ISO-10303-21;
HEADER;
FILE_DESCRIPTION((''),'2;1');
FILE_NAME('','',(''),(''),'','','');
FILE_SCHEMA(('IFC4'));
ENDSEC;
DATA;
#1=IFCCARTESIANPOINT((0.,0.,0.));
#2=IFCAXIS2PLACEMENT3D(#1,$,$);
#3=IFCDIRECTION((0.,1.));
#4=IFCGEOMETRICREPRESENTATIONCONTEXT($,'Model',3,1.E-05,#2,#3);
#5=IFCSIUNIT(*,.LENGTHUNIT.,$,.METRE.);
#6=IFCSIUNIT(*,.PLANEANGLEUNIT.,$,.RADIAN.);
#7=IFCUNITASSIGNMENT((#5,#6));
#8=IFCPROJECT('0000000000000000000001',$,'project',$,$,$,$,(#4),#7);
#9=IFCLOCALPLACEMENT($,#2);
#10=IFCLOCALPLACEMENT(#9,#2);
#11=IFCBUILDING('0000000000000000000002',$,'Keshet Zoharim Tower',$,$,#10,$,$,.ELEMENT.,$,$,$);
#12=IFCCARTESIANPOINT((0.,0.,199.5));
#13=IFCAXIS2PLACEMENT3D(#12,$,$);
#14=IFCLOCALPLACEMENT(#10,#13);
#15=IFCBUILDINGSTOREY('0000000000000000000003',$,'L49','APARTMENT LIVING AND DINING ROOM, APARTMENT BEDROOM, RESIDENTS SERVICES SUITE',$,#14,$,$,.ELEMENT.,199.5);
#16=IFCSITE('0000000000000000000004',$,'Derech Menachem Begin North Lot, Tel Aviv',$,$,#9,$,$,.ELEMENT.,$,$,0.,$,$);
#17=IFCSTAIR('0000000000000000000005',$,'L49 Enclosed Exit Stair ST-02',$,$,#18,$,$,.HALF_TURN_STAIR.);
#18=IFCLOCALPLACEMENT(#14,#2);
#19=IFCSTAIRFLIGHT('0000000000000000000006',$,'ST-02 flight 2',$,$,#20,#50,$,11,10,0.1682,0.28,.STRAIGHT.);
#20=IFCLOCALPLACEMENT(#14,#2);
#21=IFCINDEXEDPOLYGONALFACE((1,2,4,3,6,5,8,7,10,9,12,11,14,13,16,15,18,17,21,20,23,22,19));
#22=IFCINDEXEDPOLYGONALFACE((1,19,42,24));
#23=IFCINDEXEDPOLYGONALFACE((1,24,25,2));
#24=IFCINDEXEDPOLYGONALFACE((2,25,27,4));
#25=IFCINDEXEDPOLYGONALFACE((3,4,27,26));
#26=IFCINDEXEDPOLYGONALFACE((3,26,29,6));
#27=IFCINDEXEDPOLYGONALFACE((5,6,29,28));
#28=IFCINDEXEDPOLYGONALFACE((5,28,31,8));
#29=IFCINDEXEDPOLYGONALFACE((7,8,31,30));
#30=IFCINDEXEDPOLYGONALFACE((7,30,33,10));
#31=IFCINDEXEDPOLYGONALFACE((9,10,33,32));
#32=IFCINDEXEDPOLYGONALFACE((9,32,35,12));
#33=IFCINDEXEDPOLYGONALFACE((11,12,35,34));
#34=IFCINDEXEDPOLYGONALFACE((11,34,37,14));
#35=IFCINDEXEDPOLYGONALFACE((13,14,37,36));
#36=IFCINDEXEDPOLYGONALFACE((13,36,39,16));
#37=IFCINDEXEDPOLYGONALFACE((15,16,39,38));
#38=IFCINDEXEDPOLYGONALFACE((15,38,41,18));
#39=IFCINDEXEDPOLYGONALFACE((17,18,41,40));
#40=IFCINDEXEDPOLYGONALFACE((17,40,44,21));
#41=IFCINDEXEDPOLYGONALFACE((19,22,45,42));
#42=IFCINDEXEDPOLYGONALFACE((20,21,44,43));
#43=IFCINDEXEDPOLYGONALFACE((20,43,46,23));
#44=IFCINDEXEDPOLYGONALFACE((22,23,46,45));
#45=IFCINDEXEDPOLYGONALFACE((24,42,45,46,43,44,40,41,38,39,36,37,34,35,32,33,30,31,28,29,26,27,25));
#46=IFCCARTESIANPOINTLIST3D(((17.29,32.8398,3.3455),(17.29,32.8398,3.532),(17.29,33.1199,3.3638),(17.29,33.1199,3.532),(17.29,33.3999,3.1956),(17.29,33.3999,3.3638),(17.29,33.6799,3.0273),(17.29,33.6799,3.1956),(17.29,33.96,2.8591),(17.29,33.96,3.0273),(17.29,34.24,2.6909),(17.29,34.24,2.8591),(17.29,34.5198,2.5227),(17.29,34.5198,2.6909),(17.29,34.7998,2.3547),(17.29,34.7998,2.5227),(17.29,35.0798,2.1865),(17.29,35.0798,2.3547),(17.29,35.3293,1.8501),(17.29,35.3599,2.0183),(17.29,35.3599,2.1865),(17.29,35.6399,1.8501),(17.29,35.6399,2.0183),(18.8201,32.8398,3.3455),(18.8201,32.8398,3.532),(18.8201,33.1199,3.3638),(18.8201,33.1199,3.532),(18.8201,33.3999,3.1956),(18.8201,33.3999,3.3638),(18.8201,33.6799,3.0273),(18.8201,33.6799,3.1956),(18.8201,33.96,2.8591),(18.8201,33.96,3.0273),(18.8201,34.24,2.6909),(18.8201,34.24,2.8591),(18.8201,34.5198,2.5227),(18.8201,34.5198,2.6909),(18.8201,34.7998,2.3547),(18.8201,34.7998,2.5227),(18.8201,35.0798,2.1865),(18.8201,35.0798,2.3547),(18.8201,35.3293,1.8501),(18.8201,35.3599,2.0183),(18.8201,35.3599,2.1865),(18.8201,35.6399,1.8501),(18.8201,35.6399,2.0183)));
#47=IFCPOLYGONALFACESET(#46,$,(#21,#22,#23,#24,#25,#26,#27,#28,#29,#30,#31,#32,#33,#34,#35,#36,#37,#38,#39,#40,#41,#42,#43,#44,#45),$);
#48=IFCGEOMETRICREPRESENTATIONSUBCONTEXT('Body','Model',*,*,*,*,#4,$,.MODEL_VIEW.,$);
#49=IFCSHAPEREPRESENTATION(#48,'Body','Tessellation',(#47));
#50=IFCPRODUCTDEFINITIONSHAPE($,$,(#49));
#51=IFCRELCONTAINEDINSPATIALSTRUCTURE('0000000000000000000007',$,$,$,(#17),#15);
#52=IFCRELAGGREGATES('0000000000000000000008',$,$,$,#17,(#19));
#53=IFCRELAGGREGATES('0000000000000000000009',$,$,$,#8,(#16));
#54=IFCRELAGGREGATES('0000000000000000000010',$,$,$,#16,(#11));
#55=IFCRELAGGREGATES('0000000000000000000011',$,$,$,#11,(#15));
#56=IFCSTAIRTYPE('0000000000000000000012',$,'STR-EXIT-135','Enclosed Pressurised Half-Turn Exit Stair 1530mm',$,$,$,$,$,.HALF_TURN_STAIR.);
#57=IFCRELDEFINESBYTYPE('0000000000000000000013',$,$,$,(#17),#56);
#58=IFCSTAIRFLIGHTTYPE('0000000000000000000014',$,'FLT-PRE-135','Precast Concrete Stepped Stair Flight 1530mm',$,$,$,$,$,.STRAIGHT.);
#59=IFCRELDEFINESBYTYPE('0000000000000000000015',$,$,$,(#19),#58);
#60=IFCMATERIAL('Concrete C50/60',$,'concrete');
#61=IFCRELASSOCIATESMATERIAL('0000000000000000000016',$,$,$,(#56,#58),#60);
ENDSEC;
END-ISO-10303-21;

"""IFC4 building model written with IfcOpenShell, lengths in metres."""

from ifc_helpers import new_model, si_unit, direction, frame, origin, place, context, subcontext, project, spatial, polyline, outline, extrude, material, type_object, element, aggregate, save


model = new_model("IFC4")

# Units and contexts
model_context = context("Model", 3, precision=1e-05, world=origin(), true_north=direction((0.0, 1.0)))
body_context = subcontext(model_context, "Body", "Model", "MODEL_VIEW")
ifc_project = project(units=[si_unit("LENGTHUNIT", "METRE"), si_unit("PLANEANGLEUNIT", "RADIAN")], contexts=[model_context])

# Site, building, storey
site_placement = place(None, origin())
site = spatial("IfcSite", under=ifc_project, at=site_placement, Name="Derech Menachem Begin North Lot, Tel Aviv", CompositionType="ELEMENT", RefElevation=0.0)
building_placement = place(site_placement, origin())
building = spatial("IfcBuilding", under=site, at=building_placement, Name="Keshet Zoharim Tower", CompositionType="ELEMENT")
storey_placement = place(building_placement, frame((0.0, 0.0, 199.5)))
storey = spatial("IfcBuildingStorey", under=building, at=storey_placement, Name="L49", Description="APARTMENT LIVING AND DINING ROOM, APARTMENT BEDROOM, RESIDENTS SERVICES SUITE", CompositionType="ELEMENT", Elevation=199.5)

# Stair, stair flight
ifc_material_1 = material(Name="Concrete C50/60", Category="concrete")
stair_type = type_object("IfcStairType", Name="STR-EXIT-135", Description="Enclosed Pressurised Half-Turn Exit Stair 1530mm", PredefinedType="HALF_TURN_STAIR", material=ifc_material_1)
stair_placement = place(storey_placement, origin())
stair = element("IfcStair", 1, at=stair_placement, inside=storey, type_object=stair_type, Name="L49 Enclosed Exit Stair ST-02", PredefinedType="HALF_TURN_STAIR")
stair_flight_type = type_object("IfcStairFlightType", Name="FLT-PRE-135", Description="Precast Concrete Stepped Stair Flight 1530mm", PredefinedType="STRAIGHT", material=ifc_material_1)
stair_flight_1_placement = place(storey_placement, frame((18.0549, 35.6399, 1.8501), z_axis=(0.0, 0.0, 1.0), x_axis=(0.0, -1.0, 0.0)))
stair_flight_1 = element("IfcStairFlight", 2, at=stair_flight_1_placement, type_object=stair_flight_type, Name="ST-02 flight 2", NumberOfRisers=11, NumberOfTreads=10, PredefinedType="STRAIGHT", RiserHeight=0.1682, TreadLength=0.28, context=body_context, shape_type="SweptSolid", body=[
    extrude(outline(polyline([(0.0, 0.0), (0.0, 0.1682), (0.28, 0.1682), (0.28, 0.3364), (0.5601, 0.3364), (0.5601, 0.5046), (0.8401, 0.5046), (0.8401, 0.6726), (1.1201, 0.6726), (1.1201, 0.8408), (1.3999, 0.8408), (1.3999, 1.009), (1.6799, 1.009), (1.6799, 1.1772), (1.96, 1.1772), (1.96, 1.3455), (2.24, 1.3455), (2.24, 1.5137), (2.52, 1.5137), (2.52, 1.6819), (2.8, 1.6819), (2.8, 1.8501), (2.8, 1.4954), (0.3105, 0.0), (0.0, 0.0)])), frame((0.0, 0.7651, 0.0), z_axis=(0.0, -1.0, 0.0), x_axis=(1.0, 0.0, 0.0)), (0.0, 0.0, 1.0), 1.53),
])
aggregate(stair, [stair_flight_1])

save(model, "model.ifc")
